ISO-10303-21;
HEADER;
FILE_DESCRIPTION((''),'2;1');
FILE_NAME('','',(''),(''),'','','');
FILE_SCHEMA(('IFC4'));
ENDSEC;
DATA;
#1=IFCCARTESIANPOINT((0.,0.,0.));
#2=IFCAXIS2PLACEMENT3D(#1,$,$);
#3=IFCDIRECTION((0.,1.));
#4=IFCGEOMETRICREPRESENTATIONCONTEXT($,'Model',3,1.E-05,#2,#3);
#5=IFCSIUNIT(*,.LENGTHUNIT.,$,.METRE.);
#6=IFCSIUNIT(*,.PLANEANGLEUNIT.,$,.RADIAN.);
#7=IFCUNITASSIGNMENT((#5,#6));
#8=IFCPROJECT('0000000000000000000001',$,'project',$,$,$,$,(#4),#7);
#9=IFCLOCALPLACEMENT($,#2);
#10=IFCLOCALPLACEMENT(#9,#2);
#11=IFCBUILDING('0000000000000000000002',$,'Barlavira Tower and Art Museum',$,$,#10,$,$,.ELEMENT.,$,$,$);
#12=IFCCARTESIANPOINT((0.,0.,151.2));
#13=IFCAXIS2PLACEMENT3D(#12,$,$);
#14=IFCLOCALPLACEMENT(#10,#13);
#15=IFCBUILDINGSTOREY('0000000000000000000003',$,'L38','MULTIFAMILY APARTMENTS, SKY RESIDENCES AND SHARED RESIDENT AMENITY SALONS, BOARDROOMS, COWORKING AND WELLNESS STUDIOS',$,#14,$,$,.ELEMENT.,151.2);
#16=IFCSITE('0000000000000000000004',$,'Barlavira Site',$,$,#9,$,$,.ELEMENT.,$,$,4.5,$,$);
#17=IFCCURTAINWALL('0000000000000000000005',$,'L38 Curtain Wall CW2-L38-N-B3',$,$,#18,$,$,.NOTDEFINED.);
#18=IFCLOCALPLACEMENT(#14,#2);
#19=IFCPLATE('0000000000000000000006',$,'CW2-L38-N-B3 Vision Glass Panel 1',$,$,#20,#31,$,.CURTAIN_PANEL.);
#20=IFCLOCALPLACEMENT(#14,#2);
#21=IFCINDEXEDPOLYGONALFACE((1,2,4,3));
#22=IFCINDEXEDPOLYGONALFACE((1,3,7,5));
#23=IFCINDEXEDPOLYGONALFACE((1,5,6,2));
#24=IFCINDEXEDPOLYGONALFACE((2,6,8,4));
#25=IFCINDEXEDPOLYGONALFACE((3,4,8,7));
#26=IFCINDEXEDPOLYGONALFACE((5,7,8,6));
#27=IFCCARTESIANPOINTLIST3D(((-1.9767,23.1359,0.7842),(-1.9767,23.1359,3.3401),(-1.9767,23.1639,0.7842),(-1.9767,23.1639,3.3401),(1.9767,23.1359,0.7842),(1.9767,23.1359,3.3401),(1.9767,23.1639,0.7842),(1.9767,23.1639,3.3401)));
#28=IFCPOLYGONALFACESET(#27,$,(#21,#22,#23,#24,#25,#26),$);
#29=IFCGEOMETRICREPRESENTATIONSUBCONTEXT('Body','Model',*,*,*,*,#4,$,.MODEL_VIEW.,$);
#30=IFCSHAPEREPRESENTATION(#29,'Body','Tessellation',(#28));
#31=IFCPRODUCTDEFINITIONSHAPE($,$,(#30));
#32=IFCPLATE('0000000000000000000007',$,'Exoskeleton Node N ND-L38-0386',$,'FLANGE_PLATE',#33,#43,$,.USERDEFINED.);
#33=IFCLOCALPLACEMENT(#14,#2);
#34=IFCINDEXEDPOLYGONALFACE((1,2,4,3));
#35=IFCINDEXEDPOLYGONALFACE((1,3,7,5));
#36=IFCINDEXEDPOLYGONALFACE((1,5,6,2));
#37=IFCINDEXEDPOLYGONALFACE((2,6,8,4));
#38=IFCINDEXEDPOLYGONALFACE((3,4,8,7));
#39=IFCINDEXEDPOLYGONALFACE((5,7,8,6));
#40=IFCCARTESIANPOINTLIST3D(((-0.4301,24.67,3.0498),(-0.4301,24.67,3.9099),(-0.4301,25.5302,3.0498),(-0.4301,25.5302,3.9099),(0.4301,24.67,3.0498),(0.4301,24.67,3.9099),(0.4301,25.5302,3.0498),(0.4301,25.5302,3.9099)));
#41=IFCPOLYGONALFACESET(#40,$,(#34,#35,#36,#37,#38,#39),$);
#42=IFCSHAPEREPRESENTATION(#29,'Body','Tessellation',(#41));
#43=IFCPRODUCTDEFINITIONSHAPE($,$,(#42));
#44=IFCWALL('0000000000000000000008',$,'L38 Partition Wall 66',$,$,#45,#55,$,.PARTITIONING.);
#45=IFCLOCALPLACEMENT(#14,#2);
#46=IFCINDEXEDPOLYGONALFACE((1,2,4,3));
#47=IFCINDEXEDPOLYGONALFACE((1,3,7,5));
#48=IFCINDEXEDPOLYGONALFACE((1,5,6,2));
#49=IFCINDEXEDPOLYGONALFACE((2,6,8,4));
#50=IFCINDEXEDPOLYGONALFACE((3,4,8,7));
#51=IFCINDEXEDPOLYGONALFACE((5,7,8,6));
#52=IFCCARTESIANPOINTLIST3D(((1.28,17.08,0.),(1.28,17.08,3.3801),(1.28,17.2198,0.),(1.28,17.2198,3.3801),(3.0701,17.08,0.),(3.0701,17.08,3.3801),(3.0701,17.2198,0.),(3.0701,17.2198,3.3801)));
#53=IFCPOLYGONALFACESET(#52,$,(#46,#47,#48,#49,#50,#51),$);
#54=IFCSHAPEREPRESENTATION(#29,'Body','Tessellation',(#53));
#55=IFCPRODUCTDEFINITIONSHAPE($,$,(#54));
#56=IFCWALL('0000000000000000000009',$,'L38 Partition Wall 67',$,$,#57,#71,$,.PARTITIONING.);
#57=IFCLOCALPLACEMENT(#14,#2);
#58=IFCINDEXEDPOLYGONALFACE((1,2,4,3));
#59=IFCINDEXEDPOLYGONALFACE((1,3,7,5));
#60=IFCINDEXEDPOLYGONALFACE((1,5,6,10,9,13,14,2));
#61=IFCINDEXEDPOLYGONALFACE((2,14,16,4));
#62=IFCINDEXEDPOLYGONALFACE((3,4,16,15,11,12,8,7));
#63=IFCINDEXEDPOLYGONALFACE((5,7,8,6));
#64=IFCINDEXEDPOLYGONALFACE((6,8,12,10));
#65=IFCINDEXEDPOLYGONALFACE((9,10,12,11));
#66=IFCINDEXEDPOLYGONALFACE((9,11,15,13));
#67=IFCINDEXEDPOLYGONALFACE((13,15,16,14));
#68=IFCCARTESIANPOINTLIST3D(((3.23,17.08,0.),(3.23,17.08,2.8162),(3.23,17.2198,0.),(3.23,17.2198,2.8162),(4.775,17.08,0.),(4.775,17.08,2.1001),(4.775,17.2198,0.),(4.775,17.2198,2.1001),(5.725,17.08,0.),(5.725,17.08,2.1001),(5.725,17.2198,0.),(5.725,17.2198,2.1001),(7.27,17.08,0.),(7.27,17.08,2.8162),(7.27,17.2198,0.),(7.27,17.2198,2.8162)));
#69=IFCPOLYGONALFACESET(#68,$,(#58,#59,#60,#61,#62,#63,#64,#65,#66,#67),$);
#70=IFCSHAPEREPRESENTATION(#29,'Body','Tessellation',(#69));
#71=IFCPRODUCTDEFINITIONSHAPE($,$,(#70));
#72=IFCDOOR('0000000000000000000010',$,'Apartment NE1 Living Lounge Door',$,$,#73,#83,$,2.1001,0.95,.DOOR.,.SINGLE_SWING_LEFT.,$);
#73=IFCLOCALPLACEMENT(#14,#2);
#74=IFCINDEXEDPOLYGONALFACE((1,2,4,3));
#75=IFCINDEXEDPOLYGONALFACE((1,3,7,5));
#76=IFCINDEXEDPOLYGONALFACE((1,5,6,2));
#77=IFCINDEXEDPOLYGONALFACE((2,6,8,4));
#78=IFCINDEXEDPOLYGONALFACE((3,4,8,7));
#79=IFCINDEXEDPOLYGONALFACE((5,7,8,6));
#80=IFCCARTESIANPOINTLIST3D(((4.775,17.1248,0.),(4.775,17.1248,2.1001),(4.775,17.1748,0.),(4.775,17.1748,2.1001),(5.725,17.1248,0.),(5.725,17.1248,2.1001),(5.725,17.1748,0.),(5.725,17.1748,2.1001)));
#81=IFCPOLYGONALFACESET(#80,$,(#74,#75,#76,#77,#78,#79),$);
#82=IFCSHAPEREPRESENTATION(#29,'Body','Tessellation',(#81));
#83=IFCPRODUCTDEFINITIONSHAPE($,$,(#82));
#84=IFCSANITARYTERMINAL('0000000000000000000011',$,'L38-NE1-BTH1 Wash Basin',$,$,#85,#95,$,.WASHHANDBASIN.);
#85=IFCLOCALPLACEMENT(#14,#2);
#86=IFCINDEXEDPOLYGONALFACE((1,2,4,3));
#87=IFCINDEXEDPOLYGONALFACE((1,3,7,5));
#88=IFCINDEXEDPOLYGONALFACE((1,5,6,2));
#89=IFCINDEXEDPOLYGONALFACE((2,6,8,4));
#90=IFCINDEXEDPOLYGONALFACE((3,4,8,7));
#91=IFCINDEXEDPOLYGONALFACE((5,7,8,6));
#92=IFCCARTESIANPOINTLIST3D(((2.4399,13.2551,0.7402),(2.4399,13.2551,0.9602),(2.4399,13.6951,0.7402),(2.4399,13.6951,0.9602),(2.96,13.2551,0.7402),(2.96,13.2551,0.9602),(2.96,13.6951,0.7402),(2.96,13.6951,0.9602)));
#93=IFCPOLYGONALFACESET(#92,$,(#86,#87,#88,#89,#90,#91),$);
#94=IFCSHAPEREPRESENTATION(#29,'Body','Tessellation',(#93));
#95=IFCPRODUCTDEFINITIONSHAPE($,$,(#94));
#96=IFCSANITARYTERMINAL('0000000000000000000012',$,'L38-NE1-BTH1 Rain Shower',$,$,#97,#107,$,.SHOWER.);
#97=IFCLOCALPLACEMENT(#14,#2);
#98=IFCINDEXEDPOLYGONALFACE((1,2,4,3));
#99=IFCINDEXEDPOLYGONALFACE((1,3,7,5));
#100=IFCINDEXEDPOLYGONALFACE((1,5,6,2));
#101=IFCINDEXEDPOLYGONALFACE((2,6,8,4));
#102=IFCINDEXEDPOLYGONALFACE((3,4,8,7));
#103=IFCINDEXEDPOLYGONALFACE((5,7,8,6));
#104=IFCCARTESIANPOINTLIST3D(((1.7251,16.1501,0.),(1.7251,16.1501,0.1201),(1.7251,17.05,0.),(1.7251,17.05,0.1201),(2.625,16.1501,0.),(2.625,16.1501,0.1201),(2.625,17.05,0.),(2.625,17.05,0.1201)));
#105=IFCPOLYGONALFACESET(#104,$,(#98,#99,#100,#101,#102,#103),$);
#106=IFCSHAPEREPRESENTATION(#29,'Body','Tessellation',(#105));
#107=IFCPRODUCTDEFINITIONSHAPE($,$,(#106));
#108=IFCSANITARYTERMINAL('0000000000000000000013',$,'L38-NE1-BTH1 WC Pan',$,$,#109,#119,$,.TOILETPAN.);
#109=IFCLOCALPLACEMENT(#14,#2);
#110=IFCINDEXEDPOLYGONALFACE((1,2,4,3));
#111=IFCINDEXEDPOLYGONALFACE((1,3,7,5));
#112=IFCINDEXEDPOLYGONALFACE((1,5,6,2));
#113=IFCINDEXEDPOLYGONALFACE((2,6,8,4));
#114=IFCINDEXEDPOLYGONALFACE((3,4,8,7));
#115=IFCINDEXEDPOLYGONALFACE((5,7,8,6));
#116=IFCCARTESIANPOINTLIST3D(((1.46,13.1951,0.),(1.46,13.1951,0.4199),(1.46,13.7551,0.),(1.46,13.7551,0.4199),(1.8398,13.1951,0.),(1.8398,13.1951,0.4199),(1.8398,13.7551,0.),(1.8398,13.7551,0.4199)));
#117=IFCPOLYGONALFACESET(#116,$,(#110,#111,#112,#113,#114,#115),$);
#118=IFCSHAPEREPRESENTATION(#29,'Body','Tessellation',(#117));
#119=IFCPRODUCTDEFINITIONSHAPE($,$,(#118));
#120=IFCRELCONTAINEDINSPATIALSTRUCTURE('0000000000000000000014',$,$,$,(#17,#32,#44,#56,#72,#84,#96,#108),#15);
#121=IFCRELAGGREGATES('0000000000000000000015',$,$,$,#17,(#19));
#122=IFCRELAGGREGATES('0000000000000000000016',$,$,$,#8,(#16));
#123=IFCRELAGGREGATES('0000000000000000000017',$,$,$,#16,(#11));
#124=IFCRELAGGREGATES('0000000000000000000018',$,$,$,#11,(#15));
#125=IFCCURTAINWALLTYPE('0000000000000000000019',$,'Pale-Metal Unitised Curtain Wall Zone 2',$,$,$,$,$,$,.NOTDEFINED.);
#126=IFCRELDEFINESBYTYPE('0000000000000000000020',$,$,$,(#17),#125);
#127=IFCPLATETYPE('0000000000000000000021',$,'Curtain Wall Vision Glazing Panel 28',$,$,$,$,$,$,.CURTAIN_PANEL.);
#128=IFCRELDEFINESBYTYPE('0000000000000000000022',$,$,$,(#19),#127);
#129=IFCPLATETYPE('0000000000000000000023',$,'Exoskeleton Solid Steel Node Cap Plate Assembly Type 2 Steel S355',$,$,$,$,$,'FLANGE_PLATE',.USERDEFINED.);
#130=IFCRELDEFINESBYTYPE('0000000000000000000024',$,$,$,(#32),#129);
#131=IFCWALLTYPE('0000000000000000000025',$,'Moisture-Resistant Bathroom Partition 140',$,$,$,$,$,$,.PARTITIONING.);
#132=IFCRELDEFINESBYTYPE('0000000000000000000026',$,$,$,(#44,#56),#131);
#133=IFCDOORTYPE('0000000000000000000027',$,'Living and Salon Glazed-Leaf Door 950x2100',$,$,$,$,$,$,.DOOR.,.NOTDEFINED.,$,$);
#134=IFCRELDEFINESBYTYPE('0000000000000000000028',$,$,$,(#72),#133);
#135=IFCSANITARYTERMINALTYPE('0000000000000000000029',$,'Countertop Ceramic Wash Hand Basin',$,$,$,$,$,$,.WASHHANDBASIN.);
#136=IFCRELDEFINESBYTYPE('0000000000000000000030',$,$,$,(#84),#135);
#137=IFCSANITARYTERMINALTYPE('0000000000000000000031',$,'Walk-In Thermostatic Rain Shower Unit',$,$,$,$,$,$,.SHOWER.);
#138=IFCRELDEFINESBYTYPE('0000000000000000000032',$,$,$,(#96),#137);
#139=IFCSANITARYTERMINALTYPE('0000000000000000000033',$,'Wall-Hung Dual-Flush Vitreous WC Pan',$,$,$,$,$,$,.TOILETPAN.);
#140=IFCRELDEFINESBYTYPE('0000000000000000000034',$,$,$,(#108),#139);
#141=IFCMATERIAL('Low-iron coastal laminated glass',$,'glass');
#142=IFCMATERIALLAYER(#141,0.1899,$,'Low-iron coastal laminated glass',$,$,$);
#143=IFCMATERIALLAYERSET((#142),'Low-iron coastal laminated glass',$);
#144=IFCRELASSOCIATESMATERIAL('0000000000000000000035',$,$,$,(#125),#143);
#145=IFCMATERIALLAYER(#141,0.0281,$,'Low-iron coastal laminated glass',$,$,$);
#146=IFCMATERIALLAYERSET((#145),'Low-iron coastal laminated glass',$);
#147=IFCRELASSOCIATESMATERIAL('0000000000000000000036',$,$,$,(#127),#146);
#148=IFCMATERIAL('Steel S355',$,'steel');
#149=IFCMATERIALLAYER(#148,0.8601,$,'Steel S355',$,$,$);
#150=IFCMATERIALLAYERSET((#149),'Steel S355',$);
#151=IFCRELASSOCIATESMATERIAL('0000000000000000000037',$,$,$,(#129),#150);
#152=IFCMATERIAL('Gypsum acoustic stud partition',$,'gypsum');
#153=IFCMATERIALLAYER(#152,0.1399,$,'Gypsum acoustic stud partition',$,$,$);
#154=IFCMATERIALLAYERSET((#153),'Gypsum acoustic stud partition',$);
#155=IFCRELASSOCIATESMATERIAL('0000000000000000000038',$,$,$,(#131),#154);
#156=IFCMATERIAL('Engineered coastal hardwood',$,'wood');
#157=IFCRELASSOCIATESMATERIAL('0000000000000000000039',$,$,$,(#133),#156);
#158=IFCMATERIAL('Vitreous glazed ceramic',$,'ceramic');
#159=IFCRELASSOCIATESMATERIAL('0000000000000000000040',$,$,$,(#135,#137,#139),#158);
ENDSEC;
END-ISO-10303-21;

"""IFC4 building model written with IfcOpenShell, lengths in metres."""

from ifc_helpers import new_model, si_unit, direction, frame, frame_2d, origin, origin_2d, place, context, subcontext, project, spatial, rectangle, extrude, material, layer, layer_set, type_object, element, fill, aggregate, save


model = new_model("IFC4")

# Units and contexts
model_context = context("Model", 3, precision=1e-05, world=origin(), true_north=direction((0.0, 1.0)))
body_context = subcontext(model_context, "Body", "Model", "MODEL_VIEW")
ifc_project = project(units=[si_unit("LENGTHUNIT", "METRE"), si_unit("PLANEANGLEUNIT", "RADIAN")], contexts=[model_context])

# Site, building, storey
site_placement = place(None, origin())
site = spatial("IfcSite", under=ifc_project, at=site_placement, Name="Barlavira Site", CompositionType="ELEMENT", RefElevation=4.5)
building_placement = place(site_placement, origin())
building = spatial("IfcBuilding", under=site, at=building_placement, Name="Barlavira Tower and Art Museum", CompositionType="ELEMENT")
storey_placement = place(building_placement, frame((0.0, 0.0, 151.2)))
storey = spatial("IfcBuildingStorey", under=building, at=storey_placement, Name="L38", Description="MULTIFAMILY APARTMENTS, SKY RESIDENCES AND SHARED RESIDENT AMENITY SALONS, BOARDROOMS, COWORKING AND WELLNESS STUDIOS", CompositionType="ELEMENT", Elevation=151.2)

# Curtain wall
ifc_material_1 = material(Name="Low-iron coastal laminated glass", Category="glass")
ifc_layer_1 = layer(ifc_material_1, 0.1899, Name="Low-iron coastal laminated glass")
ifc_layer_set_1 = layer_set([ifc_layer_1], Name="Low-iron coastal laminated glass")
curtain_wall_type = type_object("IfcCurtainWallType", Name="Pale-Metal Unitised Curtain Wall Zone 2", PredefinedType="NOTDEFINED", material=ifc_layer_set_1)
curtain_wall_placement = place(storey_placement, origin())
curtain_wall = element("IfcCurtainWall", 1, at=curtain_wall_placement, inside=storey, type_object=curtain_wall_type, Name="L38 Curtain Wall CW2-L38-N-B3", PredefinedType="NOTDEFINED")

# Shared definitions
ifc_material_2 = material(Name="Steel S355", Category="steel")

# Plates
ifc_layer_2 = layer(ifc_material_1, 0.0281, Name="Low-iron coastal laminated glass")
ifc_layer_set_2 = layer_set([ifc_layer_2], Name="Low-iron coastal laminated glass")
plate_type_1 = type_object("IfcPlateType", Name="Curtain Wall Vision Glazing Panel 28", PredefinedType="CURTAIN_PANEL", material=ifc_layer_set_2)
plate_1_placement = place(storey_placement, frame((0.0, 23.1499, 0.7842), z_axis=(0.0, 0.0, 1.0), x_axis=(-1.0, 0.0, 0.0)))
plate_1 = element("IfcPlate", 2, at=plate_1_placement, type_object=plate_type_1, Name="CW2-L38-N-B3 Vision Glass Panel 1", PredefinedType="CURTAIN_PANEL", context=body_context, shape_type="SweptSolid", body=[
    extrude(rectangle(XDim=3.9534, YDim=0.0281, at=origin_2d()), origin(), (0.0, 0.0, 1.0), 2.5559),
])
aggregate(curtain_wall, [plate_1])
ifc_layer_3 = layer(ifc_material_2, 0.8601, Name="Steel S355")
ifc_layer_set_3 = layer_set([ifc_layer_3], Name="Steel S355")
plate_type_2 = type_object("IfcPlateType", Name="Exoskeleton Solid Steel Node Cap Plate Assembly Type 2 Steel S355", ElementType="FLANGE_PLATE", PredefinedType="USERDEFINED", material=ifc_layer_set_3)
plate_2_placement = place(storey_placement, frame((0.0, 25.1001, 3.0498), z_axis=(0.0, 0.0, 1.0), x_axis=(1.0, 0.0, 0.0)))
element("IfcPlate", 3, at=plate_2_placement, inside=storey, type_object=plate_type_2, Name="Exoskeleton Node N ND-L38-0386", ObjectType="FLANGE_PLATE", PredefinedType="USERDEFINED", context=body_context, shape_type="SweptSolid", body=[
    extrude(rectangle(XDim=0.8601, YDim=0.8601, at=origin_2d()), origin(), (0.0, 0.0, 1.0), 0.8601),
])

# Wall
ifc_material_3 = material(Name="Gypsum acoustic stud partition", Category="gypsum")
ifc_layer_4 = layer(ifc_material_3, 0.1399, Name="Gypsum acoustic stud partition")
ifc_layer_set_4 = layer_set([ifc_layer_4], Name="Gypsum acoustic stud partition")
wall_type = type_object("IfcWallType", Name="Moisture-Resistant Bathroom Partition 140", PredefinedType="PARTITIONING", material=ifc_layer_set_4)
wall_1_placement = place(storey_placement, frame((1.28, 17.1499, 0.0), z_axis=(0.0, 0.0, 1.0), x_axis=(1.0, 0.0, 0.0)))
element("IfcWall", 4, at=wall_1_placement, inside=storey, type_object=wall_type, Name="L38 Partition Wall 66", PredefinedType="PARTITIONING", context=body_context, shape_type="SweptSolid", body=[
    extrude(rectangle(XDim=1.79, YDim=0.1399, at=frame_2d((0.895, 0.0))), origin(), (0.0, 0.0, 1.0), 3.3801),
])

# Wall, opening, door
wall_2_placement = place(storey_placement, frame((3.23, 17.1499, 0.0), z_axis=(0.0, 0.0, 1.0), x_axis=(1.0, 0.0, 0.0)))
wall_2 = element("IfcWall", 5, at=wall_2_placement, inside=storey, type_object=wall_type, Name="L38 Partition Wall 67", PredefinedType="PARTITIONING", context=body_context, shape_type="SweptSolid", body=[
    extrude(rectangle(XDim=4.04, YDim=0.1399, at=frame_2d((2.02, 0.0))), origin(), (0.0, 0.0, 1.0), 2.8162),
])
opening_placement = place(wall_2_placement, frame((1.5449, 0.0, 0.0)))
opening = element("IfcOpeningElement", 6, at=opening_placement, cuts=wall_2, PredefinedType="OPENING", context=body_context, shape_type="SweptSolid", body=[
    extrude(rectangle(XDim=0.95, YDim=2.1001, at=frame_2d((0.4751, 1.05))), frame((0.0, 0.0801, 0.0), z_axis=(0.0, -1.0, 0.0), x_axis=(1.0, 0.0, 0.0)), (0.0, 0.0, 1.0), 0.1599),
])
ifc_material_4 = material(Name="Engineered coastal hardwood", Category="wood")
door_type = type_object("IfcDoorType", Name="Living and Salon Glazed-Leaf Door 950x2100", OperationType="NOTDEFINED", PredefinedType="DOOR", material=ifc_material_4)
door_placement = place(opening_placement, origin())
door = element("IfcDoor", 7, at=door_placement, inside=storey, type_object=door_type, Name="Apartment NE1 Living Lounge Door", OperationType="SINGLE_SWING_LEFT", OverallHeight=2.1001, OverallWidth=0.95, PredefinedType="DOOR", context=body_context, shape_type="SweptSolid", body=[
    extrude(rectangle(XDim=0.95, YDim=2.1001, at=frame_2d((0.4751, 1.05))), frame((0.0, 0.0249, 0.0), z_axis=(0.0, -1.0, 0.0), x_axis=(1.0, 0.0, 0.0)), (0.0, 0.0, 1.0), 0.05),
])
fill(opening, door)

# Sanitary terminals
ifc_material_5 = material(Name="Vitreous glazed ceramic", Category="ceramic")
sanitary_terminal_type_1 = type_object("IfcSanitaryTerminalType", Name="Countertop Ceramic Wash Hand Basin", PredefinedType="WASHHANDBASIN", material=ifc_material_5)
sanitary_terminal_1_placement = place(storey_placement, frame((2.7, 13.4751, 0.7402), z_axis=(0.0, 0.0, 1.0), x_axis=(1.0, 0.0, 0.0)))
element("IfcSanitaryTerminal", 8, at=sanitary_terminal_1_placement, inside=storey, type_object=sanitary_terminal_type_1, Name="L38-NE1-BTH1 Wash Basin", PredefinedType="WASHHANDBASIN", context=body_context, shape_type="SweptSolid", body=[
    extrude(rectangle(XDim=0.52, YDim=0.4399, at=origin_2d()), origin(), (0.0, 0.0, 1.0), 0.22),
])
sanitary_terminal_type_2 = type_object("IfcSanitaryTerminalType", Name="Walk-In Thermostatic Rain Shower Unit", PredefinedType="SHOWER", material=ifc_material_5)
sanitary_terminal_2_placement = place(storey_placement, frame((2.175, 16.6001, 0.0), z_axis=(0.0, 0.0, 1.0), x_axis=(1.0, 0.0, 0.0)))
element("IfcSanitaryTerminal", 9, at=sanitary_terminal_2_placement, inside=storey, type_object=sanitary_terminal_type_2, Name="L38-NE1-BTH1 Rain Shower", PredefinedType="SHOWER", context=body_context, shape_type="SweptSolid", body=[
    extrude(rectangle(XDim=0.8999, YDim=0.8999, at=origin_2d()), origin(), (0.0, 0.0, 1.0), 0.1201),
])
sanitary_terminal_type_3 = type_object("IfcSanitaryTerminalType", Name="Wall-Hung Dual-Flush Vitreous WC Pan", PredefinedType="TOILETPAN", material=ifc_material_5)
sanitary_terminal_3_placement = place(storey_placement, frame((1.6499, 13.4751, 0.0), z_axis=(0.0, 0.0, 1.0), x_axis=(1.0, 0.0, 0.0)))
element("IfcSanitaryTerminal", 10, at=sanitary_terminal_3_placement, inside=storey, type_object=sanitary_terminal_type_3, Name="L38-NE1-BTH1 WC Pan", PredefinedType="TOILETPAN", context=body_context, shape_type="SweptSolid", body=[
    extrude(rectangle(XDim=0.3799, YDim=0.5601, at=origin_2d()), origin(), (0.0, 0.0, 1.0), 0.4199),
])

save(model, "model.ifc")
